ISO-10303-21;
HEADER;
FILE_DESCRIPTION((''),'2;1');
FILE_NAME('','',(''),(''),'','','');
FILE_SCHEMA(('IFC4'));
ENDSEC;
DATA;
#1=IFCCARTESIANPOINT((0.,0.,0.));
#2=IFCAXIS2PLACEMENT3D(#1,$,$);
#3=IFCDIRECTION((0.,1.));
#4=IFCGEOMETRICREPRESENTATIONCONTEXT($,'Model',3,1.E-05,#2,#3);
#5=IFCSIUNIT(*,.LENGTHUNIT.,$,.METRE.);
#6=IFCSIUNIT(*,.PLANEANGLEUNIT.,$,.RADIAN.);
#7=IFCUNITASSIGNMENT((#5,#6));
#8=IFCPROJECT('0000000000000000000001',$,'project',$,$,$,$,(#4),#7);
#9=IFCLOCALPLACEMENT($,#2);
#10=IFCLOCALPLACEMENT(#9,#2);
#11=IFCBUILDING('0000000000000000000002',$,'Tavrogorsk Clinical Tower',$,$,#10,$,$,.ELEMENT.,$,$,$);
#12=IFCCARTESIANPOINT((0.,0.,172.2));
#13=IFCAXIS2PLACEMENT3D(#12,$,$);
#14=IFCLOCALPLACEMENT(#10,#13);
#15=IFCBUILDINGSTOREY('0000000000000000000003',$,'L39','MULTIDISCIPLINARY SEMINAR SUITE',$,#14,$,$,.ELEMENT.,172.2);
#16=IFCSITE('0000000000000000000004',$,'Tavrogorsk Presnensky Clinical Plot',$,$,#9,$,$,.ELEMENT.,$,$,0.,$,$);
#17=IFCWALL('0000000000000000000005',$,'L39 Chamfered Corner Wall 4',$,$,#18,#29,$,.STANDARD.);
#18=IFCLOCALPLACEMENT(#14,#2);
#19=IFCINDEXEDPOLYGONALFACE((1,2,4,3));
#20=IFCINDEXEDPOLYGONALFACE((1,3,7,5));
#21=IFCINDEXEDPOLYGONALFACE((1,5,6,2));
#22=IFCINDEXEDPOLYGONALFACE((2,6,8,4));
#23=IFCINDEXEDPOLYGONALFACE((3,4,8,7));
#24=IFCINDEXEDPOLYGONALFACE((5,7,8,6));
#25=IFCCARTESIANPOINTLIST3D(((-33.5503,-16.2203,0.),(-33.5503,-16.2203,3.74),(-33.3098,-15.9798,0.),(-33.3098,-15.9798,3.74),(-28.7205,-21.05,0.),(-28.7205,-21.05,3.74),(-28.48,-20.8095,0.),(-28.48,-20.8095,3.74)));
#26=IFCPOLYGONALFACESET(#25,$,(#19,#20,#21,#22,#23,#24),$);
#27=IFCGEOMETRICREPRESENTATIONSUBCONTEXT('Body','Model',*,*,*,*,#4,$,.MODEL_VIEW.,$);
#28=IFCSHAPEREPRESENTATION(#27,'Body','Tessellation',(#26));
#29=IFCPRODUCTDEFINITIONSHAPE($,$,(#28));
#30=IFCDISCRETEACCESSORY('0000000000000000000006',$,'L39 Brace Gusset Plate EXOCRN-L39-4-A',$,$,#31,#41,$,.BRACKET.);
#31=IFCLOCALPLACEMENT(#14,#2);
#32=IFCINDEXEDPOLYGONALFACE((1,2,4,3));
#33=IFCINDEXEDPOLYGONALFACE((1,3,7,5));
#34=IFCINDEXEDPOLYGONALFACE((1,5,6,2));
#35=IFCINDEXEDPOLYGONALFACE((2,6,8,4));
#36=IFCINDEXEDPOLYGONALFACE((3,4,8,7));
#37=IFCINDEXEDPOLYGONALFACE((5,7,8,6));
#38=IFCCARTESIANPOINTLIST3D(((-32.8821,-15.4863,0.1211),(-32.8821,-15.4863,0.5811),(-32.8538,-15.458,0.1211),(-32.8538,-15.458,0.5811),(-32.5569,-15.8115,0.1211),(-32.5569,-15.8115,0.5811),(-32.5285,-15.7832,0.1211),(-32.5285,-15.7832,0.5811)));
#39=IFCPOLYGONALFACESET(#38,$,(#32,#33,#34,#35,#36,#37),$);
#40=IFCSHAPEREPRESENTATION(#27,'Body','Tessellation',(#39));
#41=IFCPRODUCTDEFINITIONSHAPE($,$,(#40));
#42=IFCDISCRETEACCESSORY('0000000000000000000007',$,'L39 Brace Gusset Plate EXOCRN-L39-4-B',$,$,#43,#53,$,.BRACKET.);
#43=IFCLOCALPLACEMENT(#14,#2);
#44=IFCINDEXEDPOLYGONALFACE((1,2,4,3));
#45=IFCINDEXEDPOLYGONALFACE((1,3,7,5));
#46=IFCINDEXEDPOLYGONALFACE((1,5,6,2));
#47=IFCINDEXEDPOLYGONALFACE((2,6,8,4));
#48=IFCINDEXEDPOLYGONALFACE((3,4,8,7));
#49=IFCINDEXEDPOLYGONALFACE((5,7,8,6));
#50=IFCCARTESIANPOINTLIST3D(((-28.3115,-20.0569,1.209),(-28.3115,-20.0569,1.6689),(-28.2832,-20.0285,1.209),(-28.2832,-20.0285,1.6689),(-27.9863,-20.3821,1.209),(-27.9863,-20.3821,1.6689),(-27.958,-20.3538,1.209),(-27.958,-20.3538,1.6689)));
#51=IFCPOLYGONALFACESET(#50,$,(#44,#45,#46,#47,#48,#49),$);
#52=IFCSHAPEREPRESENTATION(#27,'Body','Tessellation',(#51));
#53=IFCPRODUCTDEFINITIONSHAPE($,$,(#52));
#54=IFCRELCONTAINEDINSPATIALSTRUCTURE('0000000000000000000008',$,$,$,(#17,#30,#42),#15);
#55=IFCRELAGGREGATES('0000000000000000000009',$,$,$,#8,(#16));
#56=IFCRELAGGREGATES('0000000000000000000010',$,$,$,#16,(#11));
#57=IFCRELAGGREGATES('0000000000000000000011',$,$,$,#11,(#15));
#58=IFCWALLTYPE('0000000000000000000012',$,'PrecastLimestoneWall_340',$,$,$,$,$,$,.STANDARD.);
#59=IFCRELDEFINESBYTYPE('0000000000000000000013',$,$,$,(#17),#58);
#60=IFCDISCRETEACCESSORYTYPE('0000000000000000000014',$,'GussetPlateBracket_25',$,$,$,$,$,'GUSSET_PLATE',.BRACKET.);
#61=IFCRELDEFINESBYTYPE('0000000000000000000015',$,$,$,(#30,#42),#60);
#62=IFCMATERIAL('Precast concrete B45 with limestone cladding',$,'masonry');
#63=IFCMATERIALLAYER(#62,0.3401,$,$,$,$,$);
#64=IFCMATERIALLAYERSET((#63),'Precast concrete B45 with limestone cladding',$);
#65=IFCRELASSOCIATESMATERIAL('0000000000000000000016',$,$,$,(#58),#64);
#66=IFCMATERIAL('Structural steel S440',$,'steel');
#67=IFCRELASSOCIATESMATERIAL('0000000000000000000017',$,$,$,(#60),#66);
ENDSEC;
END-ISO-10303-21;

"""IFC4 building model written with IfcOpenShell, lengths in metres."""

from ifc_helpers import new_model, si_unit, direction, frame, frame_2d, origin, origin_2d, place, context, subcontext, project, spatial, rectangle, extrude, material, layer, layer_set, type_object, element, save


model = new_model("IFC4")

# Units and contexts
model_context = context("Model", 3, precision=1e-05, world=origin(), true_north=direction((0.0, 1.0)))
body_context = subcontext(model_context, "Body", "Model", "MODEL_VIEW")
ifc_project = project(units=[si_unit("LENGTHUNIT", "METRE"), si_unit("PLANEANGLEUNIT", "RADIAN")], contexts=[model_context])

# Site, building, storey
site_placement = place(None, origin())
site = spatial("IfcSite", under=ifc_project, at=site_placement, Name="Tavrogorsk Presnensky Clinical Plot", CompositionType="ELEMENT", RefElevation=0.0)
building_placement = place(site_placement, origin())
building = spatial("IfcBuilding", under=site, at=building_placement, Name="Tavrogorsk Clinical Tower", CompositionType="ELEMENT")
storey_placement = place(building_placement, frame((0.0, 0.0, 172.2)))
storey = spatial("IfcBuildingStorey", under=building, at=storey_placement, Name="L39", Description="MULTIDISCIPLINARY SEMINAR SUITE", CompositionType="ELEMENT", Elevation=172.2)

# Shared definitions
ifc_material_1 = material(Name="Precast concrete B45 with limestone cladding", Category="masonry")
ifc_layer_1 = layer(ifc_material_1, 0.3401)
ifc_layer_set_1 = layer_set([ifc_layer_1], Name="Precast concrete B45 with limestone cladding")
wall_type_1 = type_object("IfcWallType", Name="PrecastLimestoneWall_340", PredefinedType="STANDARD", material=ifc_layer_set_1)

# Wall
wall_1_placement = place(storey_placement, frame((-33.4299, -16.1001, 0.0), z_axis=(0.0, 0.0, 1.0), x_axis=(0.707107, -0.707107, 0.0)))
element("IfcWall", 1, at=wall_1_placement, inside=storey, type_object=wall_type_1, Name="L39 Chamfered Corner Wall 4", PredefinedType="STANDARD", context=body_context, shape_type="SweptSolid", body=[
    extrude(rectangle(XDim=6.8303, YDim=0.3401, at=frame_2d((3.415, 0.0))), origin(), (0.0, 0.0, 1.0), 3.74),
])

# Discrete accessories
ifc_material_2 = material(Name="Structural steel S440", Category="steel")
discrete_accessory_type = type_object("IfcDiscreteAccessoryType", Name="GussetPlateBracket_25", ElementType="GUSSET_PLATE", PredefinedType="BRACKET", material=ifc_material_2)
for number, where, z_axis, x_axis, name in (
    (2, (-32.7053, -15.6348, 0.1211), (0.0, 0.0, 1.0), (0.707107, -0.707107, 0.0), "L39 Brace Gusset Plate EXOCRN-L39-4-A"),
    (3, (-28.1348, -20.2053, 1.209), (0.0, 0.0, 1.0), (0.707107, -0.707107, 0.0), "L39 Brace Gusset Plate EXOCRN-L39-4-B"),
):
    element("IfcDiscreteAccessory", number, at=place(storey_placement, frame(where, z_axis=z_axis, x_axis=x_axis)), inside=storey, type_object=discrete_accessory_type, Name=name, PredefinedType="BRACKET", context=body_context, shape_type="SweptSolid", body=[
        extrude(rectangle(XDim=0.46, YDim=0.04, at=origin_2d()), origin(), (0.0, 0.0, 1.0), 0.46),
    ])

save(model, "model.ifc")
